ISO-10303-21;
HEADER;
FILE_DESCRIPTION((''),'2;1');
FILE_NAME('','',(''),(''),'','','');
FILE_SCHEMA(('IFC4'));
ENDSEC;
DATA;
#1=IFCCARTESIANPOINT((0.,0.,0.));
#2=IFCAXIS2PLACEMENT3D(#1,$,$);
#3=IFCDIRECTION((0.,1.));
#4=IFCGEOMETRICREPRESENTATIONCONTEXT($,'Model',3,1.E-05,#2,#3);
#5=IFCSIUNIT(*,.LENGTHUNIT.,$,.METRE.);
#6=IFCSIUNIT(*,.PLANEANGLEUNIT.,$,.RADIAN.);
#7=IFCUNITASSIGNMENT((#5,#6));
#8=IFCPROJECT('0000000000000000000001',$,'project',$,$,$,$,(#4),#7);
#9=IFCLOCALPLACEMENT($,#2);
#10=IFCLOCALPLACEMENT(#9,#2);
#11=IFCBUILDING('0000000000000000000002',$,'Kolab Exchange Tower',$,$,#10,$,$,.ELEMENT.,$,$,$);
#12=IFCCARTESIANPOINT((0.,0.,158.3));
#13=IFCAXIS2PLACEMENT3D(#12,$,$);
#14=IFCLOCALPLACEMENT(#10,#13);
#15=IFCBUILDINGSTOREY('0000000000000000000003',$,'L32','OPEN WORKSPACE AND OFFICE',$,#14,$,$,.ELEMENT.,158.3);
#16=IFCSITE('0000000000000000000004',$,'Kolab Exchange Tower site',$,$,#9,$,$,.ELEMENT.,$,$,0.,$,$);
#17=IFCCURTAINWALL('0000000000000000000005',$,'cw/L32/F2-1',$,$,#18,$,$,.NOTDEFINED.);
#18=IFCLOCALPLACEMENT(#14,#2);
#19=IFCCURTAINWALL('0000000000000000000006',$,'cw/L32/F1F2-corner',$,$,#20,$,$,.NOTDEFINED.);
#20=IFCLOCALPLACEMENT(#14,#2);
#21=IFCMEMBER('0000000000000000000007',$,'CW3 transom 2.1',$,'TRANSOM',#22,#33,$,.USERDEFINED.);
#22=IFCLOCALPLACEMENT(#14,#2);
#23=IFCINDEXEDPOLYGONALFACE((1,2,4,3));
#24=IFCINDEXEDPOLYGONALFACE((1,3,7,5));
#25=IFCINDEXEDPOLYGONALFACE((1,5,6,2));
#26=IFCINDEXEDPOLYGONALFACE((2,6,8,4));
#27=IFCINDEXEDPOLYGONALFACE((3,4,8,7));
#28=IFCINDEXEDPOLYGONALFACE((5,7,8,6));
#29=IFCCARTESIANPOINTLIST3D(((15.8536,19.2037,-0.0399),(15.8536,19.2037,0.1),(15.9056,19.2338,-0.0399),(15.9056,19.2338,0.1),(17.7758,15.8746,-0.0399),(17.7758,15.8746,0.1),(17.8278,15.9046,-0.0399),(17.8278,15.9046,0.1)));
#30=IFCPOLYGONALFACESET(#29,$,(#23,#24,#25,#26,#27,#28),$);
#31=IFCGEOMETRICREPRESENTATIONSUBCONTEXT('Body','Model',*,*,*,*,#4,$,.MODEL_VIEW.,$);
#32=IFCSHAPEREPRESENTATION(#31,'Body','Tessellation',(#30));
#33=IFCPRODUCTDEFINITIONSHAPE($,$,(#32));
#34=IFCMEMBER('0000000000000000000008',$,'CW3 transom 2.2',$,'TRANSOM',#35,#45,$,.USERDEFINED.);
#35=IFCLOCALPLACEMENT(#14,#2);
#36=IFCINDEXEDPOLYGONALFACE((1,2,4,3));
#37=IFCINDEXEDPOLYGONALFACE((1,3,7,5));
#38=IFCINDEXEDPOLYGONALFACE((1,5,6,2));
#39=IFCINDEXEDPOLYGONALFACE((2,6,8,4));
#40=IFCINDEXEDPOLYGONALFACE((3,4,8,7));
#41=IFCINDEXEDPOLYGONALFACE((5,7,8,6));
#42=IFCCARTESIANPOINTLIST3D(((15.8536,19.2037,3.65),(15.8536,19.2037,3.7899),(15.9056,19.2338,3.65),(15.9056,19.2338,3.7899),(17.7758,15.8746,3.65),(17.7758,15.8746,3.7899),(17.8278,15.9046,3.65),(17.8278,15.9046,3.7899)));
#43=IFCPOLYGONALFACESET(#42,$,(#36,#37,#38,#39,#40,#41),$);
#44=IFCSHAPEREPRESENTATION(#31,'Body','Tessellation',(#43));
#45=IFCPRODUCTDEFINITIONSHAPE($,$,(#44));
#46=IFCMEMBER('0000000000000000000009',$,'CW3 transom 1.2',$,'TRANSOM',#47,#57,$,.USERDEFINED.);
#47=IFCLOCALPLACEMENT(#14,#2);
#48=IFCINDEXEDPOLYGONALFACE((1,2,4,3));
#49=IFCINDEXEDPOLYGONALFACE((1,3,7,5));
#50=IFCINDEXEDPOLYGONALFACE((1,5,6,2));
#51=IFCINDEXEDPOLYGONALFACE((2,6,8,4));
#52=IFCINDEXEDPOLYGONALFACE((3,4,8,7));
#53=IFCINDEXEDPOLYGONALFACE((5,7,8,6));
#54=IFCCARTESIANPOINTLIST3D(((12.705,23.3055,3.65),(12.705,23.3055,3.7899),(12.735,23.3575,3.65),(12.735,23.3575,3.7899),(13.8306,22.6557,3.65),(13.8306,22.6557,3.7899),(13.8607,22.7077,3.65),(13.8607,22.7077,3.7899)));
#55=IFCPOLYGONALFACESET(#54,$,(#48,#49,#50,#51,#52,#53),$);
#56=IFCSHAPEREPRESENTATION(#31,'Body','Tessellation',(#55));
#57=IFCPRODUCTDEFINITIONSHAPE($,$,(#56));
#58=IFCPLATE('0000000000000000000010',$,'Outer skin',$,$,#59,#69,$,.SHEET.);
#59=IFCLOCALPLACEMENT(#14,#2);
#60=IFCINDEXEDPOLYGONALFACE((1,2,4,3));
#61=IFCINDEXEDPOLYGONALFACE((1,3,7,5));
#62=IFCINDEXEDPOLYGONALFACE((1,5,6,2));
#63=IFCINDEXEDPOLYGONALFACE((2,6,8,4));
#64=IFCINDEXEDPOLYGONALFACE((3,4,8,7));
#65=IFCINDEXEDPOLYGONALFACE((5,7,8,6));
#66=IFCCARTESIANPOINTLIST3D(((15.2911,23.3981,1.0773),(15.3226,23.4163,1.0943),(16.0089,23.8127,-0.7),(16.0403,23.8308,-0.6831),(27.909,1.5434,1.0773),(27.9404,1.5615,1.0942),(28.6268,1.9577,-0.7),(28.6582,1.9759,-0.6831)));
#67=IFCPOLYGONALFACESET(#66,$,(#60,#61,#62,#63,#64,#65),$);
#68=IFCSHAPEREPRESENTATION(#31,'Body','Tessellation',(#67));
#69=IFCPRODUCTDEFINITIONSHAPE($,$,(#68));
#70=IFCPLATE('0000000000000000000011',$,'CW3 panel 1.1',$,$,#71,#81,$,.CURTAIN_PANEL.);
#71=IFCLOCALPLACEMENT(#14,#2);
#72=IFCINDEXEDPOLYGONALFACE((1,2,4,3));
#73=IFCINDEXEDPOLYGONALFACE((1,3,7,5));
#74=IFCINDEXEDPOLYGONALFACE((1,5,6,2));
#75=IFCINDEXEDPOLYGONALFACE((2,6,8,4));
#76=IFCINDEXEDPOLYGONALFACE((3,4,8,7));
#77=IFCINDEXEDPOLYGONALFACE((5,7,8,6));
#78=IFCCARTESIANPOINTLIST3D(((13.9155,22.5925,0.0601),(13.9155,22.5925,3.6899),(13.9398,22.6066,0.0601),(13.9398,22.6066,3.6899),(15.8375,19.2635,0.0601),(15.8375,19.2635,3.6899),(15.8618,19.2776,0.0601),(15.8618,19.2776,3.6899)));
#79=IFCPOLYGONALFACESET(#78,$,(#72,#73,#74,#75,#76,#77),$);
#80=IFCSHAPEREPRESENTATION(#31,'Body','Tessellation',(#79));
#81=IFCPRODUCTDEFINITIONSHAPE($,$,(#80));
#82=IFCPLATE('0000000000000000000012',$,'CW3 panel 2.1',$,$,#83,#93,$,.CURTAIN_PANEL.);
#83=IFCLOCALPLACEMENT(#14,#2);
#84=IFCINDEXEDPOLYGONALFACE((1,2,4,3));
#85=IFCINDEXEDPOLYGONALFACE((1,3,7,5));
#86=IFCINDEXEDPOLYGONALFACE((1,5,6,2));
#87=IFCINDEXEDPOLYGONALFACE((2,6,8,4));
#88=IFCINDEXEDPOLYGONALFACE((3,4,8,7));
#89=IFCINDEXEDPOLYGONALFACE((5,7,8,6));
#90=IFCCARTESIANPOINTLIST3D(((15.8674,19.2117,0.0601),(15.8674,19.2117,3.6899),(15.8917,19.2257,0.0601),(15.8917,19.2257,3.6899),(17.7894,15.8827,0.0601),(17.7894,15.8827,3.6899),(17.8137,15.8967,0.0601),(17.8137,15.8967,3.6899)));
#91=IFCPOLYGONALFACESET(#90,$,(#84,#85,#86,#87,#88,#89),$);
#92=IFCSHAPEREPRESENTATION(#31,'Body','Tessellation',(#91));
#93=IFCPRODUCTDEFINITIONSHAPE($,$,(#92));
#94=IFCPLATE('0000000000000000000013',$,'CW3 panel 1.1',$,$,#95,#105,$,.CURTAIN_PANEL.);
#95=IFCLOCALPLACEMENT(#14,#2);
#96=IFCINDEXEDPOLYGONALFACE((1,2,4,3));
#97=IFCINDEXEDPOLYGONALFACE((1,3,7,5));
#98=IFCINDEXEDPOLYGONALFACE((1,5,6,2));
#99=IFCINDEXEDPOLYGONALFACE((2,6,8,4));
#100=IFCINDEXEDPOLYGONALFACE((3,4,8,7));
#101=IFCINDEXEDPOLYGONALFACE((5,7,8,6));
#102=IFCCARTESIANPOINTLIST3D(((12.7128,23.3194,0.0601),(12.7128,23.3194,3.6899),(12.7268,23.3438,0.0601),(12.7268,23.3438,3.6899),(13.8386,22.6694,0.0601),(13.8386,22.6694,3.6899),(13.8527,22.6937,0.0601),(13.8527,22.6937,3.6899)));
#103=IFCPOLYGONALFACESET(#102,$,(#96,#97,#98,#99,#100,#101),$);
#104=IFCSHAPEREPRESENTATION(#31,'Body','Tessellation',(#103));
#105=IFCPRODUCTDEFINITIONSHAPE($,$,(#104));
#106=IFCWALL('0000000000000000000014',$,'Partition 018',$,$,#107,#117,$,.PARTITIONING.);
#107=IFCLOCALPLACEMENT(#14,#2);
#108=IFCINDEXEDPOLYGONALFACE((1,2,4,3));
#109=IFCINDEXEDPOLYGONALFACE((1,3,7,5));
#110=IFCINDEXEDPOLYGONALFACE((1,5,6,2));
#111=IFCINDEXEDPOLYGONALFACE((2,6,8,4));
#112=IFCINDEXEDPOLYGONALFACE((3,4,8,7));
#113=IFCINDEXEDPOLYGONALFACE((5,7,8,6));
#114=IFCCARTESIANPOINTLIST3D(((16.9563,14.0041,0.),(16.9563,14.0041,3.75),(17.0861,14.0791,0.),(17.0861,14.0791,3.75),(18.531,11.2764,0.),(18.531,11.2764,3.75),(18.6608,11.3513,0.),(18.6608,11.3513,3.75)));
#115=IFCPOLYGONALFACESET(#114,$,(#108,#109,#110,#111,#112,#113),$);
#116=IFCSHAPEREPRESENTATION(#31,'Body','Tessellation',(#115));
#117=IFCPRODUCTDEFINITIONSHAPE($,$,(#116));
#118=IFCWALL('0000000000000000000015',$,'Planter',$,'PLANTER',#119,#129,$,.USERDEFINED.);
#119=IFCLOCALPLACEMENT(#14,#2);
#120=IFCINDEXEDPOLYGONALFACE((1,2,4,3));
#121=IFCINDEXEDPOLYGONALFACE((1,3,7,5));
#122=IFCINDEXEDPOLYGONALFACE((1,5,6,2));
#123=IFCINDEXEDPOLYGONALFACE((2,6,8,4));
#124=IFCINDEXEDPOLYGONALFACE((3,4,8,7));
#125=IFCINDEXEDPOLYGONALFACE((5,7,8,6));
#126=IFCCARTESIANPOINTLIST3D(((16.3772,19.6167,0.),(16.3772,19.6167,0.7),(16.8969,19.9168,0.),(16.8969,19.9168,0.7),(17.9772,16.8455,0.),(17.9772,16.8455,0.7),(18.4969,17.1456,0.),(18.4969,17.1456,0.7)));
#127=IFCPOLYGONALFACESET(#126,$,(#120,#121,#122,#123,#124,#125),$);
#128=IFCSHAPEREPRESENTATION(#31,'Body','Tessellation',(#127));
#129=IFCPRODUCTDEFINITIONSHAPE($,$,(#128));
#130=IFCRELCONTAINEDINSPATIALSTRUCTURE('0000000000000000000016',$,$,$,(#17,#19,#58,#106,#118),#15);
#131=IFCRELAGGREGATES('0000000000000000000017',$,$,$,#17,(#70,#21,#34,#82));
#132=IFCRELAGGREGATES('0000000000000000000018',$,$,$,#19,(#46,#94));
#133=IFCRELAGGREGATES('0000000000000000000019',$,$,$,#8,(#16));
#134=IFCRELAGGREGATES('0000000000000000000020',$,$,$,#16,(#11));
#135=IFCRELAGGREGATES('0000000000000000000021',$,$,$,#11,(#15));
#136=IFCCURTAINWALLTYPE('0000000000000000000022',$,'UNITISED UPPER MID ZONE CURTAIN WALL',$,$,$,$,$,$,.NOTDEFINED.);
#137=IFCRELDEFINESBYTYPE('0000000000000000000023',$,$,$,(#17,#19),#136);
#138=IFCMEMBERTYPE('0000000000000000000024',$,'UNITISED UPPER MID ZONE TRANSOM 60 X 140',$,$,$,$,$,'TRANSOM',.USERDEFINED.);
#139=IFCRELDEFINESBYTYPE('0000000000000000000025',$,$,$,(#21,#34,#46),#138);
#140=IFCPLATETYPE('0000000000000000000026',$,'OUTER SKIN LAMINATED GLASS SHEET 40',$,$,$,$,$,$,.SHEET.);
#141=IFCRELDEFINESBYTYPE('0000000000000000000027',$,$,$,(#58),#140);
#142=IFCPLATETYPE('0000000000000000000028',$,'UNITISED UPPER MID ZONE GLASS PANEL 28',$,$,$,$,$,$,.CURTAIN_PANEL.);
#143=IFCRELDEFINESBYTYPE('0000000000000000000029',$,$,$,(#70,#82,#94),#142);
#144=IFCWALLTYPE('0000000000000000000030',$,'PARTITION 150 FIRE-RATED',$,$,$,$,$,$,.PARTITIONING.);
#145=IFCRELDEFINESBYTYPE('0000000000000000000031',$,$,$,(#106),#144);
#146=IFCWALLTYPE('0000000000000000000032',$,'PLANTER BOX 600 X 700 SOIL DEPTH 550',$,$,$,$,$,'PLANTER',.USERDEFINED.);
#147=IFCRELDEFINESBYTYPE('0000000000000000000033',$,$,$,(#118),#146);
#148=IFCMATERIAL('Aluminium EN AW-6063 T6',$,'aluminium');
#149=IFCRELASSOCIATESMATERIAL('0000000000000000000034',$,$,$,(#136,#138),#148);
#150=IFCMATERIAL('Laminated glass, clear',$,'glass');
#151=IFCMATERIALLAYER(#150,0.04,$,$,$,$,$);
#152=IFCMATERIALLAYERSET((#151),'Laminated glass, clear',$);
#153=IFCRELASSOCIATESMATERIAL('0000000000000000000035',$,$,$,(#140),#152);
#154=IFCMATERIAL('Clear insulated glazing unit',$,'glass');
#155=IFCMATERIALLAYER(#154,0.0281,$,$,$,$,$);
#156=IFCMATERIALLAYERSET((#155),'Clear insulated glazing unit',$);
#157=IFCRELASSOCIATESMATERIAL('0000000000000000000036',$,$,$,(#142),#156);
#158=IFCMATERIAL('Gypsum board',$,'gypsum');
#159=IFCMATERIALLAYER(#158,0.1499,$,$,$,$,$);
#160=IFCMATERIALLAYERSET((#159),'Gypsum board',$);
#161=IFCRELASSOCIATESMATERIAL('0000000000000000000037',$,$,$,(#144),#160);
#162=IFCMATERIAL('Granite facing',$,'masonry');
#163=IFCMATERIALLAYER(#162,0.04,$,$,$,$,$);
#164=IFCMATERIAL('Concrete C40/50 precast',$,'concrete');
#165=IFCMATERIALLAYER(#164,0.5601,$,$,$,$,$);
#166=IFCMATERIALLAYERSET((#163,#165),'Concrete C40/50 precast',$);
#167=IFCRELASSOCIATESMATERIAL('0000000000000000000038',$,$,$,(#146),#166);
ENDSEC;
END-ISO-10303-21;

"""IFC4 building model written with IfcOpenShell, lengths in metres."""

from ifc_helpers import new_model, si_unit, direction, frame, frame_2d, origin, origin_2d, place, context, subcontext, project, spatial, polyline, rectangle, outline, extrude, material, layer, layer_set, material_profile, profile_set, type_object, element, aggregate, save


model = new_model("IFC4")

# Units and contexts
model_context = context("Model", 3, precision=1e-05, world=origin(), true_north=direction((0.0, 1.0)))
body_context = subcontext(model_context, "Body", "Model", "MODEL_VIEW")
ifc_project = project(units=[si_unit("LENGTHUNIT", "METRE"), si_unit("PLANEANGLEUNIT", "RADIAN")], contexts=[model_context])

# Site, building, storey
site_placement = place(None, origin())
site = spatial("IfcSite", under=ifc_project, at=site_placement, Name="Kolab Exchange Tower site", CompositionType="ELEMENT", RefElevation=0.0)
building_placement = place(site_placement, origin())
building = spatial("IfcBuilding", under=site, at=building_placement, Name="Kolab Exchange Tower", CompositionType="ELEMENT")
storey_placement = place(building_placement, frame((0.0, 0.0, 158.3)))
storey = spatial("IfcBuildingStorey", under=building, at=storey_placement, Name="L32", Description="OPEN WORKSPACE AND OFFICE", CompositionType="ELEMENT", Elevation=158.3)

# Curtain wall
ifc_material_1 = material(Name="Aluminium EN AW-6063 T6", Category="aluminium")
curtain_wall_type = type_object("IfcCurtainWallType", Name="UNITISED UPPER MID ZONE CURTAIN WALL", PredefinedType="NOTDEFINED", material=ifc_material_1)
curtain_wall_1_placement = place(storey_placement, origin())
curtain_wall_1 = element("IfcCurtainWall", 1, at=curtain_wall_1_placement, inside=storey, type_object=curtain_wall_type, Name="cw/L32/F2-1", PredefinedType="NOTDEFINED")

# Curtain wall
curtain_wall_2_placement = place(storey_placement, origin())
curtain_wall_2 = element("IfcCurtainWall", 2, at=curtain_wall_2_placement, inside=storey, type_object=curtain_wall_type, Name="cw/L32/F1F2-corner", PredefinedType="NOTDEFINED")

# Members
ifc_material_profile_1 = material_profile(ifc_material_1, rectangle(XDim=0.0601, YDim=0.1399, at=origin_2d()), Name="RECT 60X140")
ifc_profile_set_1 = profile_set([ifc_material_profile_1], Name="Aluminium EN AW-6063 T6")
member_type_1 = type_object("IfcMemberType", Name="UNITISED UPPER MID ZONE TRANSOM 60 X 140", ElementType="TRANSOM", PredefinedType="USERDEFINED", material=ifc_profile_set_1)
member_1_placement = place(storey_placement, frame((15.8796, 19.2188, 0.03), z_axis=(0.500012, -0.866018, 0.0), x_axis=(0.866018, 0.500012, 0.0)))
member_1 = element("IfcMember", 3, at=member_1_placement, type_object=member_type_1, Name="CW3 transom 2.1", ObjectType="TRANSOM", PredefinedType="USERDEFINED", context=body_context, shape_type="SweptSolid", body=[
    extrude(rectangle(XDim=0.0601, YDim=0.1399, at=origin_2d()), origin(), (0.0, 0.0, 1.0), 3.8442),
])
member_2_placement = place(storey_placement, frame((15.8796, 19.2188, 3.72), z_axis=(0.500012, -0.866018, 0.0), x_axis=(0.866018, 0.500012, 0.0)))
member_2 = element("IfcMember", 4, at=member_2_placement, type_object=member_type_1, Name="CW3 transom 2.2", ObjectType="TRANSOM", PredefinedType="USERDEFINED", context=body_context, shape_type="SweptSolid", body=[
    extrude(rectangle(XDim=0.0601, YDim=0.1399, at=origin_2d()), origin(), (0.0, 0.0, 1.0), 3.8442),
])
member_3_placement = place(storey_placement, frame((12.72, 23.3315, 3.72), z_axis=(0.866039, -0.499977, 0.0), x_axis=(0.499977, 0.866039, 0.0)))
member_3 = element("IfcMember", 5, at=member_3_placement, type_object=member_type_1, Name="CW3 transom 1.2", ObjectType="TRANSOM", PredefinedType="USERDEFINED", context=body_context, shape_type="SweptSolid", body=[
    extrude(rectangle(XDim=0.0601, YDim=0.1399, at=origin_2d()), origin(), (0.0, 0.0, 1.0), 1.2998),
])

# Plates
ifc_material_2 = material(Name="Laminated glass, clear", Category="glass")
ifc_layer_1 = layer(ifc_material_2, 0.04)
ifc_layer_set_1 = layer_set([ifc_layer_1], Name="Laminated glass, clear")
plate_type_1 = type_object("IfcPlateType", Name="OUTER SKIN LAMINATED GLASS SHEET 40", PredefinedType="SHEET", material=ifc_layer_set_1)
plate_1_placement = place(storey_placement, frame((16.0403, 23.8308, -0.6831), z_axis=(0.784879, 0.453151, 0.422633), x_axis=(0.5, -0.866025, 0.000001)))
element("IfcPlate", 6, at=plate_1_placement, inside=storey, type_object=plate_type_1, Name="Outer skin", PredefinedType="SHEET", context=body_context, shape_type="SweptSolid", body=[
    extrude(outline(polyline([(0.0, 0.0), (25.2359, 0.0), (25.2358, -1.9611), (0.0001, -1.9611), (0.0, 0.0)])), origin(), (0.0, 0.0, -1.0), 0.04),
])
ifc_material_3 = material(Name="Clear insulated glazing unit", Category="glass")
ifc_layer_2 = layer(ifc_material_3, 0.0281)
ifc_layer_set_2 = layer_set([ifc_layer_2], Name="Clear insulated glazing unit")
plate_type_2 = type_object("IfcPlateType", Name="UNITISED UPPER MID ZONE GLASS PANEL 28", PredefinedType="CURTAIN_PANEL", material=ifc_layer_set_2)
plate_2_placement = place(storey_placement, frame((14.8887, 20.9351, 0.0601), z_axis=(0.0, 0.0, 1.0), x_axis=(0.5, -0.866025, 0.0)))
plate_2 = element("IfcPlate", 7, at=plate_2_placement, type_object=plate_type_2, Name="CW3 panel 1.1", PredefinedType="CURTAIN_PANEL", context=body_context, shape_type="SweptSolid", body=[
    extrude(rectangle(XDim=3.844, YDim=0.0281, at=origin_2d()), origin(), (0.0, 0.0, 1.0), 3.6299),
])
plate_3_placement = place(storey_placement, frame((16.8406, 17.5542, 0.0601), z_axis=(0.0, 0.0, 1.0), x_axis=(0.5, -0.866025, 0.0)))
plate_3 = element("IfcPlate", 8, at=plate_3_placement, type_object=plate_type_2, Name="CW3 panel 2.1", PredefinedType="CURTAIN_PANEL", context=body_context, shape_type="SweptSolid", body=[
    extrude(rectangle(XDim=3.844, YDim=0.0281, at=origin_2d()), origin(), (0.0, 0.0, 1.0), 3.6299),
])
aggregate(curtain_wall_1, [plate_2, member_1, member_2, plate_3])
plate_4_placement = place(storey_placement, frame((13.2827, 23.0066, 0.0601), z_axis=(0.0, 0.0, 1.0), x_axis=(0.866025, -0.5, 0.0)))
plate_4 = element("IfcPlate", 9, at=plate_4_placement, type_object=plate_type_2, Name="CW3 panel 1.1", PredefinedType="CURTAIN_PANEL", context=body_context, shape_type="SweptSolid", body=[
    extrude(rectangle(XDim=1.3, YDim=0.0281, at=origin_2d()), origin(), (0.0, 0.0, 1.0), 3.6299),
])
aggregate(curtain_wall_2, [member_3, plate_4])

# Walls
ifc_material_4 = material(Name="Gypsum board", Category="gypsum")
ifc_layer_3 = layer(ifc_material_4, 0.1499)
ifc_layer_set_3 = layer_set([ifc_layer_3], Name="Gypsum board")
wall_type_1 = type_object("IfcWallType", Name="PARTITION 150 FIRE-RATED", PredefinedType="PARTITIONING", material=ifc_layer_set_3)
wall_1_placement = place(storey_placement, frame((17.0212, 14.0415, 0.0), z_axis=(0.0, 0.0, 1.0), x_axis=(0.499957, -0.86605, 0.0)))
element("IfcWall", 10, at=wall_1_placement, inside=storey, type_object=wall_type_1, Name="Partition 018", PredefinedType="PARTITIONING", context=body_context, shape_type="SweptSolid", body=[
    extrude(rectangle(XDim=3.1497, YDim=0.1499, at=frame_2d((1.5747, 0.0))), origin(), (0.0, 0.0, 1.0), 3.75),
])
ifc_material_5 = material(Name="Granite facing", Category="masonry")
ifc_layer_4 = layer(ifc_material_5, 0.04)
ifc_material_6 = material(Name="Concrete C40/50 precast", Category="concrete")
ifc_layer_5 = layer(ifc_material_6, 0.5601)
ifc_layer_set_4 = layer_set([ifc_layer_4, ifc_layer_5], Name="Concrete C40/50 precast")
wall_type_2 = type_object("IfcWallType", Name="PLANTER BOX 600 X 700 SOIL DEPTH 550", ElementType="PLANTER", PredefinedType="USERDEFINED", material=ifc_layer_set_4)
wall_2_placement = place(storey_placement, frame((16.637, 19.7668, 0.0), z_axis=(0.0, 0.0, 1.0), x_axis=(0.500028, -0.866009, 0.0)))
element("IfcWall", 11, at=wall_2_placement, inside=storey, type_object=wall_type_2, Name="Planter", ObjectType="PLANTER", PredefinedType="USERDEFINED", context=body_context, shape_type="SweptSolid", body=[
    extrude(rectangle(XDim=3.2, YDim=0.6001, at=frame_2d((1.6001, 0.0))), origin(), (0.0, 0.0, 1.0), 0.7),
])

save(model, "model.ifc")
